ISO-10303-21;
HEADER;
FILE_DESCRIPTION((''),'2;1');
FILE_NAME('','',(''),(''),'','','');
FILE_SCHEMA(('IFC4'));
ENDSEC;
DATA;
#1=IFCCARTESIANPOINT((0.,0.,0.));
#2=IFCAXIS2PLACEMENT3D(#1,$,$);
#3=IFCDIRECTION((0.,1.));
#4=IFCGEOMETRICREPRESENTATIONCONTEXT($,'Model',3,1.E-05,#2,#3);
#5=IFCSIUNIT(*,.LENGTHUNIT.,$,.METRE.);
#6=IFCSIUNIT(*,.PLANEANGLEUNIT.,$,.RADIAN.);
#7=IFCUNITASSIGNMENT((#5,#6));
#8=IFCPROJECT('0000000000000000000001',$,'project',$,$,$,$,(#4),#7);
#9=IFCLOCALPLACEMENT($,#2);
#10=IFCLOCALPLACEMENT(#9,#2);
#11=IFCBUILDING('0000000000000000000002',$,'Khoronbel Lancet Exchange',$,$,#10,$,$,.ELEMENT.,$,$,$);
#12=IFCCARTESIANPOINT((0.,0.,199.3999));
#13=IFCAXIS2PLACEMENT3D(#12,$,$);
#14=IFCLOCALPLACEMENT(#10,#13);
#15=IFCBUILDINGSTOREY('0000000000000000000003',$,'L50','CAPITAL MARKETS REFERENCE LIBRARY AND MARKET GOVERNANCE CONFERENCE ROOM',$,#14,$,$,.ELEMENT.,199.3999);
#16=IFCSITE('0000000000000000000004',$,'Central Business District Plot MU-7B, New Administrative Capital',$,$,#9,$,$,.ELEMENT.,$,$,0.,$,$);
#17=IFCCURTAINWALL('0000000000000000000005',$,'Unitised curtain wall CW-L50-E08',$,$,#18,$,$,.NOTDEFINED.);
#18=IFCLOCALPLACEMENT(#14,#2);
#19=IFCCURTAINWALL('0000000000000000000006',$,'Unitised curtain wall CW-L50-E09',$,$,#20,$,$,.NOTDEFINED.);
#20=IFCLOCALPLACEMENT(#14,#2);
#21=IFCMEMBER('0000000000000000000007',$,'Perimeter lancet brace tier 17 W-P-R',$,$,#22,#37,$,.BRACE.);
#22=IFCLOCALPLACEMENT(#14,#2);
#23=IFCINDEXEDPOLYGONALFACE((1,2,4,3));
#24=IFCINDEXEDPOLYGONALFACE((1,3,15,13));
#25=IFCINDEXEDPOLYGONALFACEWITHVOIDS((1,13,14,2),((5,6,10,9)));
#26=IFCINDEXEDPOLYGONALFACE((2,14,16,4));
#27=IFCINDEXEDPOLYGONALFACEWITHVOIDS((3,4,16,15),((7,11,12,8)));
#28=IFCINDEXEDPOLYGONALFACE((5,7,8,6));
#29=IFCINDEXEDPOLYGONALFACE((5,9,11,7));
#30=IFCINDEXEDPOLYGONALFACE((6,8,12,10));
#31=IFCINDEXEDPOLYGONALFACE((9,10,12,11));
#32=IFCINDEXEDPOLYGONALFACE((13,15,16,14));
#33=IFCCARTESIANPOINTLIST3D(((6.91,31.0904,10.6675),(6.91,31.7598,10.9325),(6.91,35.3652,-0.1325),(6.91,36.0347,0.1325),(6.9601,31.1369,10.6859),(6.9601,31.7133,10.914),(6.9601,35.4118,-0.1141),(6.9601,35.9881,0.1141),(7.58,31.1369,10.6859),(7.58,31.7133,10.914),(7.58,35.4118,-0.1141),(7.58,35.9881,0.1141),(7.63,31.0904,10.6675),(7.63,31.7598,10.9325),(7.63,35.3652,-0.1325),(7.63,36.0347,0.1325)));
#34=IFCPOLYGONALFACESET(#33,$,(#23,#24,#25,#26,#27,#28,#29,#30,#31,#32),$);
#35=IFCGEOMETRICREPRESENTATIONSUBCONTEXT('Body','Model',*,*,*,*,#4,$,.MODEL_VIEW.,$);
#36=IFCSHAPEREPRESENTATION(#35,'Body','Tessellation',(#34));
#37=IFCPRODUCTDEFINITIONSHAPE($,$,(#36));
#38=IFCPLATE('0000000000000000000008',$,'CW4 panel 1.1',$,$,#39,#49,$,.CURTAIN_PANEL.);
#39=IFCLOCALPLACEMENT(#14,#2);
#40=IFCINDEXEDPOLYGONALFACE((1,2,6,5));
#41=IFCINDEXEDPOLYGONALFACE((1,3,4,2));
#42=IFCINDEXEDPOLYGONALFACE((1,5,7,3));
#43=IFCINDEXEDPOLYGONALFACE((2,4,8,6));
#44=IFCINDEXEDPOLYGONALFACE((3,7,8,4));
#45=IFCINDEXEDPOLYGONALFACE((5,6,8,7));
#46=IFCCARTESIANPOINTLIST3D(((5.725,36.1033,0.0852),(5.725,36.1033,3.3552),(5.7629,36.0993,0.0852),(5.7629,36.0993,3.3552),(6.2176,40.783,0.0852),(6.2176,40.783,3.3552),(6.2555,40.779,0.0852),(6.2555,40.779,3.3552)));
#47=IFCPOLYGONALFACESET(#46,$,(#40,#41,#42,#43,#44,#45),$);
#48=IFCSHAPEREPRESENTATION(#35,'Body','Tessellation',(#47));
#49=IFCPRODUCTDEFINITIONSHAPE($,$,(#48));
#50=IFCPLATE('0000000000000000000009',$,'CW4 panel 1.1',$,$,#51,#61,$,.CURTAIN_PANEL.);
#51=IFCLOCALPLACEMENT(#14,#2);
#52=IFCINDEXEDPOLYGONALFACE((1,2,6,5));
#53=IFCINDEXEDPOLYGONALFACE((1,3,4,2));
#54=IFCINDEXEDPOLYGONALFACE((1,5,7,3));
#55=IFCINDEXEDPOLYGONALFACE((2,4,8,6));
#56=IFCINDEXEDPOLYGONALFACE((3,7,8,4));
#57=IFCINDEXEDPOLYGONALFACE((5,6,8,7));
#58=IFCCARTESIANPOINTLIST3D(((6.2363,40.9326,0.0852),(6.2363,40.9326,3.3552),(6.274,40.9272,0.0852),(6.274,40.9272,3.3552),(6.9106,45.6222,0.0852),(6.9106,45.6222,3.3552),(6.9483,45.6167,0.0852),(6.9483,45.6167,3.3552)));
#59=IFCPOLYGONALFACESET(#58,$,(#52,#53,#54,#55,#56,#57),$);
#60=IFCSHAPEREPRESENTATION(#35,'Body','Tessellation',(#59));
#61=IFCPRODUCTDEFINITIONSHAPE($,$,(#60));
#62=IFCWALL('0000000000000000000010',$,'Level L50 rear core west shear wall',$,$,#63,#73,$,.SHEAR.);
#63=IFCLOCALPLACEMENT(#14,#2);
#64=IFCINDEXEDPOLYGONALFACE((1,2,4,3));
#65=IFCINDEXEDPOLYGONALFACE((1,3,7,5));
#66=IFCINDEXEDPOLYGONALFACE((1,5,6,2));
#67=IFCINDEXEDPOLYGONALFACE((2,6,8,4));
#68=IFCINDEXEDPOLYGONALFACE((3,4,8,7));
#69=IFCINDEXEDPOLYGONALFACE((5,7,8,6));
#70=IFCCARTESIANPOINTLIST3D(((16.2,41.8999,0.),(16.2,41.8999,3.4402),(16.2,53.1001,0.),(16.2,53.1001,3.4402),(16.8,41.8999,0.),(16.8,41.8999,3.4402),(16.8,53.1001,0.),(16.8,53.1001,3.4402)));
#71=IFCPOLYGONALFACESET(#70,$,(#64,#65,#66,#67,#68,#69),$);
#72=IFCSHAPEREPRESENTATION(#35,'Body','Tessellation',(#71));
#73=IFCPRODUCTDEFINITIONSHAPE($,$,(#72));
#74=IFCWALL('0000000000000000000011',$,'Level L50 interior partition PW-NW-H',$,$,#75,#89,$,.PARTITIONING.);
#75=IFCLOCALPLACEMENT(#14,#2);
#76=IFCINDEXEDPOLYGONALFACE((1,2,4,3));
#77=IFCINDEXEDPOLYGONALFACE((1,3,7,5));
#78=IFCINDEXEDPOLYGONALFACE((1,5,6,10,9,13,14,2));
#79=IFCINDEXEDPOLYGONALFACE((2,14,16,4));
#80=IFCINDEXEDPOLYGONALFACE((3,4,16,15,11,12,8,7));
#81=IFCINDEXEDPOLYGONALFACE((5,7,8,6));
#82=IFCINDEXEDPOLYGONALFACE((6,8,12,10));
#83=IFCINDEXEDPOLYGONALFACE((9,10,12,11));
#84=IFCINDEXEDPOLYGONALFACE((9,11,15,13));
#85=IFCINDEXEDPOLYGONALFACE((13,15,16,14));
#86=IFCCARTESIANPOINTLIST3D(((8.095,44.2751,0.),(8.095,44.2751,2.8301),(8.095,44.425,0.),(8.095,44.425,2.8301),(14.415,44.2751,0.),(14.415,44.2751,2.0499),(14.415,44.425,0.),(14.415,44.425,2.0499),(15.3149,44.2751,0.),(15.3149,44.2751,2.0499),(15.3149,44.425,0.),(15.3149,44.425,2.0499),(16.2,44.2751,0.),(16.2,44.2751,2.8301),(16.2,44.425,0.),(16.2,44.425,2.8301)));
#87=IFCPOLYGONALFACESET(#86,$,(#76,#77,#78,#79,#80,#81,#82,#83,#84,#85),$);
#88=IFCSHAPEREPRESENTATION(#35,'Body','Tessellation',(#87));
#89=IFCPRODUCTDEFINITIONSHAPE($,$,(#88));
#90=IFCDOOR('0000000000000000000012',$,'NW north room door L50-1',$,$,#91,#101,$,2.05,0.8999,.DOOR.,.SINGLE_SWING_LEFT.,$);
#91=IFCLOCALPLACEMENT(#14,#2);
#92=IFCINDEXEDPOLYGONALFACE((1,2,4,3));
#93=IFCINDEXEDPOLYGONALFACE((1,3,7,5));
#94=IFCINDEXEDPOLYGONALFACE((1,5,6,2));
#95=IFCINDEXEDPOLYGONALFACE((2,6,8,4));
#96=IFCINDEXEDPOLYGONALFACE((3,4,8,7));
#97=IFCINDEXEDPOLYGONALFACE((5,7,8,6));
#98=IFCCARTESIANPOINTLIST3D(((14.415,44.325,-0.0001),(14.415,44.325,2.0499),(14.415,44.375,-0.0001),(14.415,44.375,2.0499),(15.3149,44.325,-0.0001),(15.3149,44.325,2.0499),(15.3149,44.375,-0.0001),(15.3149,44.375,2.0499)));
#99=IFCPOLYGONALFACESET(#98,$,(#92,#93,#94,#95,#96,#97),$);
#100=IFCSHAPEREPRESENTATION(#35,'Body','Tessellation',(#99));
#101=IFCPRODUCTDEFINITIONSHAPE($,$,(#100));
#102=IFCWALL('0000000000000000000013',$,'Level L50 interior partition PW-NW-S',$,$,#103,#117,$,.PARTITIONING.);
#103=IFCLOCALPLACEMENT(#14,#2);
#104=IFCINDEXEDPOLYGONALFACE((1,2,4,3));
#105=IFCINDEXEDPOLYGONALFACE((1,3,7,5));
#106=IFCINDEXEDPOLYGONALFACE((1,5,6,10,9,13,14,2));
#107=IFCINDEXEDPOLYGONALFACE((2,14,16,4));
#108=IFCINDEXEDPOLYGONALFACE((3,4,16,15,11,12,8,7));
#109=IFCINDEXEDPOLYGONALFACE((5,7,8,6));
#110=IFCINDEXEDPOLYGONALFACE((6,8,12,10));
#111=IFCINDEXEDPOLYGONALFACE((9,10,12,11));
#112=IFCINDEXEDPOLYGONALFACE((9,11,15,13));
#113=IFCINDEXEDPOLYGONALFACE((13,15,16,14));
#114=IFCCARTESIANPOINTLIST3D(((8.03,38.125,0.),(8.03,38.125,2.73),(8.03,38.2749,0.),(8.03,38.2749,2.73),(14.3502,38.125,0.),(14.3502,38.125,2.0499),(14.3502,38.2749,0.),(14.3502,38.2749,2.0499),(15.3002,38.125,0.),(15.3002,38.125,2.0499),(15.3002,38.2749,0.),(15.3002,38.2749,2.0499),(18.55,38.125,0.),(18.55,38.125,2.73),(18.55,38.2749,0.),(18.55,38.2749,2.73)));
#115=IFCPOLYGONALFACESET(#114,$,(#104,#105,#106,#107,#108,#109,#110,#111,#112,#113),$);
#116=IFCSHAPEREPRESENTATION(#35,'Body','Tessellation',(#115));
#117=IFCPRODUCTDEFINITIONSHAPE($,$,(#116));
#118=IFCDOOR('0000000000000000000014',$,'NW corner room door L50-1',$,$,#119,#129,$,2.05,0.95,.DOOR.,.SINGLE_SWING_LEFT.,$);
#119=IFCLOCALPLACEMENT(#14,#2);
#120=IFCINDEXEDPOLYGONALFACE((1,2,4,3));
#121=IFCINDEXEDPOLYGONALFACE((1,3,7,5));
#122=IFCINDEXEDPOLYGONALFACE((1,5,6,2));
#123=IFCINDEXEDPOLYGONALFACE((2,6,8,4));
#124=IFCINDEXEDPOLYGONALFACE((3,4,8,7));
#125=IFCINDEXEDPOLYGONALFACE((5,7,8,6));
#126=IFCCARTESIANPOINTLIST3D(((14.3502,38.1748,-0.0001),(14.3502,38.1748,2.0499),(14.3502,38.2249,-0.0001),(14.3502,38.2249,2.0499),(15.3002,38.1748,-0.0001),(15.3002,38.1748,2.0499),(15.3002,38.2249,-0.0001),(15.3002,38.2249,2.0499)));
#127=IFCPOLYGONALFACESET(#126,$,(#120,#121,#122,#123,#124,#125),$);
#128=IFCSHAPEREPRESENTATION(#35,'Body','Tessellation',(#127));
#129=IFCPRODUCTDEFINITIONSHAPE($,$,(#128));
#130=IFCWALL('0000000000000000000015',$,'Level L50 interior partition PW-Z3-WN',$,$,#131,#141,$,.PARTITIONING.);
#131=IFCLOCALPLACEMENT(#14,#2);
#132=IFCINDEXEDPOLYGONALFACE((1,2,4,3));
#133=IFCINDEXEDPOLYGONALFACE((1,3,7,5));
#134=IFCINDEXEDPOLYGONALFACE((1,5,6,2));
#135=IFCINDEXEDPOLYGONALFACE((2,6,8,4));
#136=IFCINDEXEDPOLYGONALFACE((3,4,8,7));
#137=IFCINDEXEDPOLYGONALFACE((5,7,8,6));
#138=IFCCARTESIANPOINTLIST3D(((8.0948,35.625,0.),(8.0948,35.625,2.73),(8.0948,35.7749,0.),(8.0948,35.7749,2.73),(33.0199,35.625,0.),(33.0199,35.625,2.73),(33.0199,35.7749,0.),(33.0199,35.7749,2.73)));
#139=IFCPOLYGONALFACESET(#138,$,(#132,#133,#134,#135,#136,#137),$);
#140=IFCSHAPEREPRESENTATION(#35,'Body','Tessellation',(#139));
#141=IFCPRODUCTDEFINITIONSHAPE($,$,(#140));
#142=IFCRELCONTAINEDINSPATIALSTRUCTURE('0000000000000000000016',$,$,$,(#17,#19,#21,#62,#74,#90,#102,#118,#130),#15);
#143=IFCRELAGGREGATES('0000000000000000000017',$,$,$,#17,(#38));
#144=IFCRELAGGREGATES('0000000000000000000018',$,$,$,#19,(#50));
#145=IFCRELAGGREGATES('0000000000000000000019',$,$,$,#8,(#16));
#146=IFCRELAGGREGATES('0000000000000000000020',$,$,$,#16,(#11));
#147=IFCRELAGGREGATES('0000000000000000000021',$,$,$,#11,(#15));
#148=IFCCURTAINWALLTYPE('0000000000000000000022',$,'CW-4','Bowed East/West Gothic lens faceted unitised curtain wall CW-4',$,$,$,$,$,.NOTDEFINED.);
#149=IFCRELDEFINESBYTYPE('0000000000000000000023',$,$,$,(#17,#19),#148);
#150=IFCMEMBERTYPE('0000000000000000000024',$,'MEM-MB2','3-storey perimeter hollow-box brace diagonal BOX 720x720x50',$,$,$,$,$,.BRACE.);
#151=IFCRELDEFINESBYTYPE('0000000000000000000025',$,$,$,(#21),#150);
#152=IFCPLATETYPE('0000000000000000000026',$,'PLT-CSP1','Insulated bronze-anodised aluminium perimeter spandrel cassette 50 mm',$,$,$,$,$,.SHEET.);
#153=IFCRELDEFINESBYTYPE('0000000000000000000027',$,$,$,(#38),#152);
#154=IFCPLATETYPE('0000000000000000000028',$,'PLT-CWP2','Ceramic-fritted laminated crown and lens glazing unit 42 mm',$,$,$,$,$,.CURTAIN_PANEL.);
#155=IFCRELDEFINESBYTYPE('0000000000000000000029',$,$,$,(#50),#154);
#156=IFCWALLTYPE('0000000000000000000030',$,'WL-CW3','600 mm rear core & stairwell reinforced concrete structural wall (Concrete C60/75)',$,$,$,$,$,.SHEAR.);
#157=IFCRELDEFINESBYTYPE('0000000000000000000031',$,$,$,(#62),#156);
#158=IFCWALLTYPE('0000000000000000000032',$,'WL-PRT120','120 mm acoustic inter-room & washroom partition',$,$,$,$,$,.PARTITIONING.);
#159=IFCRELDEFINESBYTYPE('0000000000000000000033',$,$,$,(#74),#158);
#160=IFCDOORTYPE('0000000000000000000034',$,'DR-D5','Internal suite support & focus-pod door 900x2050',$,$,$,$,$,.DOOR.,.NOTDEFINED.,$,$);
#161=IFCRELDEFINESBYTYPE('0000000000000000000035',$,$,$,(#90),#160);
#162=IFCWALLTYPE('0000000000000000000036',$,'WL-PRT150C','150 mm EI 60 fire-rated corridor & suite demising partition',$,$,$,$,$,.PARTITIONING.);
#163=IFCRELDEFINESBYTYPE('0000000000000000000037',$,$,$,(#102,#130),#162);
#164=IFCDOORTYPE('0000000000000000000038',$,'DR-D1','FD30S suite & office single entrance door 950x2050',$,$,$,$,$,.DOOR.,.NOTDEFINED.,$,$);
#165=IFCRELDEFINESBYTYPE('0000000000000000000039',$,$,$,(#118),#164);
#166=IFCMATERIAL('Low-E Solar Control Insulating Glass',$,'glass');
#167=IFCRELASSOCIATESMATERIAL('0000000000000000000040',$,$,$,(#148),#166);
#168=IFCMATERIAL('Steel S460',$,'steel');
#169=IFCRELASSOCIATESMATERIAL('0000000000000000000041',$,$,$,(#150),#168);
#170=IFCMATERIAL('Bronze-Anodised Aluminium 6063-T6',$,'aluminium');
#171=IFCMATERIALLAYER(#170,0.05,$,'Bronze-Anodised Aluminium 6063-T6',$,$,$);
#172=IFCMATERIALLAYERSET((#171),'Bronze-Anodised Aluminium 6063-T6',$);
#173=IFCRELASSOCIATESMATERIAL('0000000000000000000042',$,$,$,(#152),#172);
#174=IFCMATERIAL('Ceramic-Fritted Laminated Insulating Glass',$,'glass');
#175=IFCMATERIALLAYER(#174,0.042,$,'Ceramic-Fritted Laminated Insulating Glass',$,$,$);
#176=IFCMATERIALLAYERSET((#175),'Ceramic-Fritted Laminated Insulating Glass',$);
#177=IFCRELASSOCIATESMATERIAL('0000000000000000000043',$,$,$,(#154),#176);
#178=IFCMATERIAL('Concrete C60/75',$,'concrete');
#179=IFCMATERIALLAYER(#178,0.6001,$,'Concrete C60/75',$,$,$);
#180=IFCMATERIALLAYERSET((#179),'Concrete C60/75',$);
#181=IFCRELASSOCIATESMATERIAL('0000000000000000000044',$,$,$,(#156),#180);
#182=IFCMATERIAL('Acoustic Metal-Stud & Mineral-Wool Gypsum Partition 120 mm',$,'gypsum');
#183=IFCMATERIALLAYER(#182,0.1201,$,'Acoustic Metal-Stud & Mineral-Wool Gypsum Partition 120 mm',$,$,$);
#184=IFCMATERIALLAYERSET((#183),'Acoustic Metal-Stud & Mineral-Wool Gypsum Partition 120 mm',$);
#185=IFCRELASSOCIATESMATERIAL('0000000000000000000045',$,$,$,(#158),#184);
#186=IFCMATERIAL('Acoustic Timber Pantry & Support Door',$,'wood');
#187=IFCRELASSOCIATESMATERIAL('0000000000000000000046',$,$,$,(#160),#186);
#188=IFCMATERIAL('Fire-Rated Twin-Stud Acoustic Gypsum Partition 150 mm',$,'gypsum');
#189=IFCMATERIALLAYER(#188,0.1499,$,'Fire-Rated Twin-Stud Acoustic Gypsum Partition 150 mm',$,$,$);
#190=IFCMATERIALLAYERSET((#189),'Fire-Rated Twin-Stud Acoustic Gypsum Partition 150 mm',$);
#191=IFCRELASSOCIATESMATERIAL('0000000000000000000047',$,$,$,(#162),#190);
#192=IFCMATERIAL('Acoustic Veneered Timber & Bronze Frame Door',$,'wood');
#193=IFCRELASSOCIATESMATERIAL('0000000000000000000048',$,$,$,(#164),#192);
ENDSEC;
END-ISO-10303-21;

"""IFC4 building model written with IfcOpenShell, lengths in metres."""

from ifc_helpers import new_model, si_unit, direction, frame, frame_2d, origin, origin_2d, place, context, subcontext, project, spatial, rectangle, hollow_rectangle, extrude, material, layer, layer_set, material_profile, profile_set, type_object, element, fill, aggregate, save


model = new_model("IFC4")

# Units and contexts
model_context = context("Model", 3, precision=1e-05, world=origin(), true_north=direction((0.0, 1.0)))
body_context = subcontext(model_context, "Body", "Model", "MODEL_VIEW")
ifc_project = project(units=[si_unit("LENGTHUNIT", "METRE"), si_unit("PLANEANGLEUNIT", "RADIAN")], contexts=[model_context])

# Site, building, storey
site_placement = place(None, origin())
site = spatial("IfcSite", under=ifc_project, at=site_placement, Name="Central Business District Plot MU-7B, New Administrative Capital", CompositionType="ELEMENT", RefElevation=0.0)
building_placement = place(site_placement, origin())
building = spatial("IfcBuilding", under=site, at=building_placement, Name="Khoronbel Lancet Exchange", CompositionType="ELEMENT")
storey_placement = place(building_placement, frame((0.0, 0.0, 199.3999)))
storey = spatial("IfcBuildingStorey", under=building, at=storey_placement, Name="L50", Description="CAPITAL MARKETS REFERENCE LIBRARY AND MARKET GOVERNANCE CONFERENCE ROOM", CompositionType="ELEMENT", Elevation=199.3999)

# Shared definitions
ifc_material_1 = material(Name="Low-E Solar Control Insulating Glass", Category="glass")
curtain_wall_type = type_object("IfcCurtainWallType", Name="CW-4", Description="Bowed East/West Gothic lens faceted unitised curtain wall CW-4", PredefinedType="NOTDEFINED", material=ifc_material_1)
ifc_material_2 = material(Name="Bronze-Anodised Aluminium 6063-T6", Category="aluminium")

# Curtain walls
curtain_wall_1_placement = place(storey_placement, origin())
curtain_wall_1 = element("IfcCurtainWall", 1, at=curtain_wall_1_placement, inside=storey, type_object=curtain_wall_type, Name="Unitised curtain wall CW-L50-E08", PredefinedType="NOTDEFINED")
curtain_wall_2_placement = place(storey_placement, origin())
curtain_wall_2 = element("IfcCurtainWall", 2, at=curtain_wall_2_placement, inside=storey, type_object=curtain_wall_type, Name="Unitised curtain wall CW-L50-E09", PredefinedType="NOTDEFINED")

# Member
ifc_material_3 = material(Name="Steel S460", Category="steel")
ifc_material_profile_1 = material_profile(ifc_material_3, hollow_rectangle(XDim=0.72, YDim=0.72, WallThickness=0.05, at=origin_2d()), Name="BOX 720x720x50")
ifc_profile_set_1 = profile_set([ifc_material_profile_1], Name="Steel S460")
member_type_1 = type_object("IfcMemberType", Name="MEM-MB2", Description="3-storey perimeter hollow-box brace diagonal BOX 720x720x50", PredefinedType="BRACE", material=ifc_profile_set_1)
member_1_placement = place(storey_placement, frame((7.27, 35.7, 0.0), z_axis=(0.0, -0.36804, 0.92981), x_axis=(1.0, 0.0, 0.0)))
element("IfcMember", 3, at=member_1_placement, inside=storey, type_object=member_type_1, Name="Perimeter lancet brace tier 17 W-P-R", PredefinedType="BRACE", context=body_context, shape_type="SweptSolid", body=[
    extrude(hollow_rectangle(XDim=0.72, YDim=0.72, WallThickness=0.05, at=origin_2d()), origin(), (0.0, 0.0, 1.0), 11.6152),
])

# Plates
ifc_layer_1 = layer(ifc_material_2, 0.05, Name="Bronze-Anodised Aluminium 6063-T6")
ifc_layer_set_1 = layer_set([ifc_layer_1], Name="Bronze-Anodised Aluminium 6063-T6")
plate_type_1 = type_object("IfcPlateType", Name="PLT-CSP1", Description="Insulated bronze-anodised aluminium perimeter spandrel cassette 50 mm", PredefinedType="SHEET", material=ifc_layer_set_1)
plate_1_placement = place(storey_placement, frame((5.9902, 38.4412, 0.0852), z_axis=(0.0, 0.0, 1.0), x_axis=(0.104686, 0.994505, 0.0)))
plate_1 = element("IfcPlate", 4, at=plate_1_placement, type_object=plate_type_1, Name="CW4 panel 1.1", PredefinedType="CURTAIN_PANEL", context=body_context, shape_type="SweptSolid", body=[
    extrude(rectangle(XDim=4.7056, YDim=0.0381, at=origin_2d()), origin(), (0.0, 0.0, 1.0), 3.27),
])
aggregate(curtain_wall_1, [plate_1])
ifc_material_4 = material(Name="Ceramic-Fritted Laminated Insulating Glass", Category="glass")
ifc_layer_2 = layer(ifc_material_4, 0.042, Name="Ceramic-Fritted Laminated Insulating Glass")
ifc_layer_set_2 = layer_set([ifc_layer_2], Name="Ceramic-Fritted Laminated Insulating Glass")
plate_type_2 = type_object("IfcPlateType", Name="PLT-CWP2", Description="Ceramic-fritted laminated crown and lens glazing unit 42 mm", PredefinedType="CURTAIN_PANEL", material=ifc_layer_set_2)
plate_2_placement = place(storey_placement, frame((6.5923, 43.2747, 0.0852), z_axis=(0.0, 0.0, 1.0), x_axis=(0.142315, 0.989821, 0.0)))
plate_2 = element("IfcPlate", 5, at=plate_2_placement, type_object=plate_type_2, Name="CW4 panel 1.1", PredefinedType="CURTAIN_PANEL", context=body_context, shape_type="SweptSolid", body=[
    extrude(rectangle(XDim=4.7378, YDim=0.0381, at=origin_2d()), origin(), (0.0, 0.0, 1.0), 3.27),
])
aggregate(curtain_wall_2, [plate_2])

# Wall
ifc_material_5 = material(Name="Concrete C60/75", Category="concrete")
ifc_layer_3 = layer(ifc_material_5, 0.6001, Name="Concrete C60/75")
ifc_layer_set_3 = layer_set([ifc_layer_3], Name="Concrete C60/75")
wall_type_1 = type_object("IfcWallType", Name="WL-CW3", Description="600 mm rear core & stairwell reinforced concrete structural wall (Concrete C60/75)", PredefinedType="SHEAR", material=ifc_layer_set_3)
wall_1_placement = place(storey_placement, frame((16.5, 41.8999, 0.0), z_axis=(0.0, 0.0, 1.0), x_axis=(0.0, 1.0, 0.0)))
element("IfcWall", 6, at=wall_1_placement, inside=storey, type_object=wall_type_1, Name="Level L50 rear core west shear wall", PredefinedType="SHEAR", context=body_context, shape_type="SweptSolid", body=[
    extrude(rectangle(XDim=11.2002, YDim=0.6001, at=frame_2d((5.6001, 0.0))), origin(), (0.0, 0.0, 1.0), 3.4402),
])

# Walls, openings, doors
ifc_material_6 = material(Name="Acoustic Metal-Stud & Mineral-Wool Gypsum Partition 120 mm", Category="gypsum")
ifc_layer_4 = layer(ifc_material_6, 0.1201, Name="Acoustic Metal-Stud & Mineral-Wool Gypsum Partition 120 mm")
ifc_layer_set_4 = layer_set([ifc_layer_4], Name="Acoustic Metal-Stud & Mineral-Wool Gypsum Partition 120 mm")
wall_type_2 = type_object("IfcWallType", Name="WL-PRT120", Description="120 mm acoustic inter-room & washroom partition", PredefinedType="PARTITIONING", material=ifc_layer_set_4)
wall_2_placement = place(storey_placement, frame((8.095, 44.3501, 0.0), z_axis=(0.0, 0.0, 1.0), x_axis=(1.0, 0.0, 0.0)))
wall_2 = element("IfcWall", 7, at=wall_2_placement, inside=storey, type_object=wall_type_2, Name="Level L50 interior partition PW-NW-H", PredefinedType="PARTITIONING", context=body_context, shape_type="SweptSolid", body=[
    extrude(rectangle(XDim=8.105, YDim=0.1499, at=frame_2d((4.0525, 0.0))), origin(), (0.0, 0.0, 1.0), 2.8301),
])
opening_1_placement = place(wall_2_placement, frame((6.3201, 0.0, 0.0)))
opening_1 = element("IfcOpeningElement", 8, at=opening_1_placement, cuts=wall_2, PredefinedType="OPENING", context=body_context, shape_type="SweptSolid", body=[
    extrude(rectangle(XDim=0.8999, YDim=2.05, at=frame_2d((0.45, 1.0249))), frame((0.0, 0.085, 0.0), z_axis=(0.0, -1.0, 0.0), x_axis=(1.0, 0.0, 0.0)), (0.0, 0.0, 1.0), 0.1699),
])
ifc_material_7 = material(Name="Acoustic Timber Pantry & Support Door", Category="wood")
door_type_1 = type_object("IfcDoorType", Name="DR-D5", Description="Internal suite support & focus-pod door 900x2050", OperationType="NOTDEFINED", PredefinedType="DOOR", material=ifc_material_7)
door_1_placement = place(opening_1_placement, origin())
door_1 = element("IfcDoor", 9, at=door_1_placement, inside=storey, type_object=door_type_1, Name="NW north room door L50-1", OperationType="SINGLE_SWING_LEFT", OverallHeight=2.05, OverallWidth=0.8999, PredefinedType="DOOR", context=body_context, shape_type="SweptSolid", body=[
    extrude(rectangle(XDim=0.8999, YDim=2.05, at=frame_2d((0.45, 1.0249))), frame((0.0, 0.0249, 0.0), z_axis=(0.0, -1.0, 0.0), x_axis=(1.0, 0.0, 0.0)), (0.0, 0.0, 1.0), 0.05),
])
fill(opening_1, door_1)
ifc_material_8 = material(Name="Fire-Rated Twin-Stud Acoustic Gypsum Partition 150 mm", Category="gypsum")
ifc_layer_5 = layer(ifc_material_8, 0.1499, Name="Fire-Rated Twin-Stud Acoustic Gypsum Partition 150 mm")
ifc_layer_set_5 = layer_set([ifc_layer_5], Name="Fire-Rated Twin-Stud Acoustic Gypsum Partition 150 mm")
wall_type_3 = type_object("IfcWallType", Name="WL-PRT150C", Description="150 mm EI 60 fire-rated corridor & suite demising partition", PredefinedType="PARTITIONING", material=ifc_layer_set_5)
wall_3_placement = place(storey_placement, frame((8.03, 38.2, 0.0), z_axis=(0.0, 0.0, 1.0), x_axis=(1.0, 0.0, 0.0)))
wall_3 = element("IfcWall", 10, at=wall_3_placement, inside=storey, type_object=wall_type_3, Name="Level L50 interior partition PW-NW-S", PredefinedType="PARTITIONING", context=body_context, shape_type="SweptSolid", body=[
    extrude(rectangle(XDim=10.52, YDim=0.1499, at=frame_2d((5.26, 0.0))), origin(), (0.0, 0.0, 1.0), 2.73),
])
opening_2_placement = place(wall_3_placement, frame((6.3201, 0.0, 0.0)))
opening_2 = element("IfcOpeningElement", 11, at=opening_2_placement, cuts=wall_3, PredefinedType="OPENING", context=body_context, shape_type="SweptSolid", body=[
    extrude(rectangle(XDim=0.95, YDim=2.05, at=frame_2d((0.4751, 1.0249))), frame((0.0, 0.085, 0.0), z_axis=(0.0, -1.0, 0.0), x_axis=(1.0, 0.0, 0.0)), (0.0, 0.0, 1.0), 0.1699),
])
ifc_material_9 = material(Name="Acoustic Veneered Timber & Bronze Frame Door", Category="wood")
door_type_2 = type_object("IfcDoorType", Name="DR-D1", Description="FD30S suite & office single entrance door 950x2050", OperationType="NOTDEFINED", PredefinedType="DOOR", material=ifc_material_9)
door_2_placement = place(opening_2_placement, origin())
door_2 = element("IfcDoor", 12, at=door_2_placement, inside=storey, type_object=door_type_2, Name="NW corner room door L50-1", OperationType="SINGLE_SWING_LEFT", OverallHeight=2.05, OverallWidth=0.95, PredefinedType="DOOR", context=body_context, shape_type="SweptSolid", body=[
    extrude(rectangle(XDim=0.95, YDim=2.05, at=frame_2d((0.4751, 1.0249))), frame((0.0, 0.0249, 0.0), z_axis=(0.0, -1.0, 0.0), x_axis=(1.0, 0.0, 0.0)), (0.0, 0.0, 1.0), 0.05),
])
fill(opening_2, door_2)

# Wall
wall_4_placement = place(storey_placement, frame((8.095, 35.7, 0.0), z_axis=(0.0, 0.0, 1.0), x_axis=(1.0, 0.0, 0.0)))
element("IfcWall", 13, at=wall_4_placement, inside=storey, type_object=wall_type_3, Name="Level L50 interior partition PW-Z3-WN", PredefinedType="PARTITIONING", context=body_context, shape_type="SweptSolid", body=[
    extrude(rectangle(XDim=24.925, YDim=0.1499, at=frame_2d((12.4624, 0.0))), origin(), (0.0, 0.0, 1.0), 2.73),
])

save(model, "model.ifc")
